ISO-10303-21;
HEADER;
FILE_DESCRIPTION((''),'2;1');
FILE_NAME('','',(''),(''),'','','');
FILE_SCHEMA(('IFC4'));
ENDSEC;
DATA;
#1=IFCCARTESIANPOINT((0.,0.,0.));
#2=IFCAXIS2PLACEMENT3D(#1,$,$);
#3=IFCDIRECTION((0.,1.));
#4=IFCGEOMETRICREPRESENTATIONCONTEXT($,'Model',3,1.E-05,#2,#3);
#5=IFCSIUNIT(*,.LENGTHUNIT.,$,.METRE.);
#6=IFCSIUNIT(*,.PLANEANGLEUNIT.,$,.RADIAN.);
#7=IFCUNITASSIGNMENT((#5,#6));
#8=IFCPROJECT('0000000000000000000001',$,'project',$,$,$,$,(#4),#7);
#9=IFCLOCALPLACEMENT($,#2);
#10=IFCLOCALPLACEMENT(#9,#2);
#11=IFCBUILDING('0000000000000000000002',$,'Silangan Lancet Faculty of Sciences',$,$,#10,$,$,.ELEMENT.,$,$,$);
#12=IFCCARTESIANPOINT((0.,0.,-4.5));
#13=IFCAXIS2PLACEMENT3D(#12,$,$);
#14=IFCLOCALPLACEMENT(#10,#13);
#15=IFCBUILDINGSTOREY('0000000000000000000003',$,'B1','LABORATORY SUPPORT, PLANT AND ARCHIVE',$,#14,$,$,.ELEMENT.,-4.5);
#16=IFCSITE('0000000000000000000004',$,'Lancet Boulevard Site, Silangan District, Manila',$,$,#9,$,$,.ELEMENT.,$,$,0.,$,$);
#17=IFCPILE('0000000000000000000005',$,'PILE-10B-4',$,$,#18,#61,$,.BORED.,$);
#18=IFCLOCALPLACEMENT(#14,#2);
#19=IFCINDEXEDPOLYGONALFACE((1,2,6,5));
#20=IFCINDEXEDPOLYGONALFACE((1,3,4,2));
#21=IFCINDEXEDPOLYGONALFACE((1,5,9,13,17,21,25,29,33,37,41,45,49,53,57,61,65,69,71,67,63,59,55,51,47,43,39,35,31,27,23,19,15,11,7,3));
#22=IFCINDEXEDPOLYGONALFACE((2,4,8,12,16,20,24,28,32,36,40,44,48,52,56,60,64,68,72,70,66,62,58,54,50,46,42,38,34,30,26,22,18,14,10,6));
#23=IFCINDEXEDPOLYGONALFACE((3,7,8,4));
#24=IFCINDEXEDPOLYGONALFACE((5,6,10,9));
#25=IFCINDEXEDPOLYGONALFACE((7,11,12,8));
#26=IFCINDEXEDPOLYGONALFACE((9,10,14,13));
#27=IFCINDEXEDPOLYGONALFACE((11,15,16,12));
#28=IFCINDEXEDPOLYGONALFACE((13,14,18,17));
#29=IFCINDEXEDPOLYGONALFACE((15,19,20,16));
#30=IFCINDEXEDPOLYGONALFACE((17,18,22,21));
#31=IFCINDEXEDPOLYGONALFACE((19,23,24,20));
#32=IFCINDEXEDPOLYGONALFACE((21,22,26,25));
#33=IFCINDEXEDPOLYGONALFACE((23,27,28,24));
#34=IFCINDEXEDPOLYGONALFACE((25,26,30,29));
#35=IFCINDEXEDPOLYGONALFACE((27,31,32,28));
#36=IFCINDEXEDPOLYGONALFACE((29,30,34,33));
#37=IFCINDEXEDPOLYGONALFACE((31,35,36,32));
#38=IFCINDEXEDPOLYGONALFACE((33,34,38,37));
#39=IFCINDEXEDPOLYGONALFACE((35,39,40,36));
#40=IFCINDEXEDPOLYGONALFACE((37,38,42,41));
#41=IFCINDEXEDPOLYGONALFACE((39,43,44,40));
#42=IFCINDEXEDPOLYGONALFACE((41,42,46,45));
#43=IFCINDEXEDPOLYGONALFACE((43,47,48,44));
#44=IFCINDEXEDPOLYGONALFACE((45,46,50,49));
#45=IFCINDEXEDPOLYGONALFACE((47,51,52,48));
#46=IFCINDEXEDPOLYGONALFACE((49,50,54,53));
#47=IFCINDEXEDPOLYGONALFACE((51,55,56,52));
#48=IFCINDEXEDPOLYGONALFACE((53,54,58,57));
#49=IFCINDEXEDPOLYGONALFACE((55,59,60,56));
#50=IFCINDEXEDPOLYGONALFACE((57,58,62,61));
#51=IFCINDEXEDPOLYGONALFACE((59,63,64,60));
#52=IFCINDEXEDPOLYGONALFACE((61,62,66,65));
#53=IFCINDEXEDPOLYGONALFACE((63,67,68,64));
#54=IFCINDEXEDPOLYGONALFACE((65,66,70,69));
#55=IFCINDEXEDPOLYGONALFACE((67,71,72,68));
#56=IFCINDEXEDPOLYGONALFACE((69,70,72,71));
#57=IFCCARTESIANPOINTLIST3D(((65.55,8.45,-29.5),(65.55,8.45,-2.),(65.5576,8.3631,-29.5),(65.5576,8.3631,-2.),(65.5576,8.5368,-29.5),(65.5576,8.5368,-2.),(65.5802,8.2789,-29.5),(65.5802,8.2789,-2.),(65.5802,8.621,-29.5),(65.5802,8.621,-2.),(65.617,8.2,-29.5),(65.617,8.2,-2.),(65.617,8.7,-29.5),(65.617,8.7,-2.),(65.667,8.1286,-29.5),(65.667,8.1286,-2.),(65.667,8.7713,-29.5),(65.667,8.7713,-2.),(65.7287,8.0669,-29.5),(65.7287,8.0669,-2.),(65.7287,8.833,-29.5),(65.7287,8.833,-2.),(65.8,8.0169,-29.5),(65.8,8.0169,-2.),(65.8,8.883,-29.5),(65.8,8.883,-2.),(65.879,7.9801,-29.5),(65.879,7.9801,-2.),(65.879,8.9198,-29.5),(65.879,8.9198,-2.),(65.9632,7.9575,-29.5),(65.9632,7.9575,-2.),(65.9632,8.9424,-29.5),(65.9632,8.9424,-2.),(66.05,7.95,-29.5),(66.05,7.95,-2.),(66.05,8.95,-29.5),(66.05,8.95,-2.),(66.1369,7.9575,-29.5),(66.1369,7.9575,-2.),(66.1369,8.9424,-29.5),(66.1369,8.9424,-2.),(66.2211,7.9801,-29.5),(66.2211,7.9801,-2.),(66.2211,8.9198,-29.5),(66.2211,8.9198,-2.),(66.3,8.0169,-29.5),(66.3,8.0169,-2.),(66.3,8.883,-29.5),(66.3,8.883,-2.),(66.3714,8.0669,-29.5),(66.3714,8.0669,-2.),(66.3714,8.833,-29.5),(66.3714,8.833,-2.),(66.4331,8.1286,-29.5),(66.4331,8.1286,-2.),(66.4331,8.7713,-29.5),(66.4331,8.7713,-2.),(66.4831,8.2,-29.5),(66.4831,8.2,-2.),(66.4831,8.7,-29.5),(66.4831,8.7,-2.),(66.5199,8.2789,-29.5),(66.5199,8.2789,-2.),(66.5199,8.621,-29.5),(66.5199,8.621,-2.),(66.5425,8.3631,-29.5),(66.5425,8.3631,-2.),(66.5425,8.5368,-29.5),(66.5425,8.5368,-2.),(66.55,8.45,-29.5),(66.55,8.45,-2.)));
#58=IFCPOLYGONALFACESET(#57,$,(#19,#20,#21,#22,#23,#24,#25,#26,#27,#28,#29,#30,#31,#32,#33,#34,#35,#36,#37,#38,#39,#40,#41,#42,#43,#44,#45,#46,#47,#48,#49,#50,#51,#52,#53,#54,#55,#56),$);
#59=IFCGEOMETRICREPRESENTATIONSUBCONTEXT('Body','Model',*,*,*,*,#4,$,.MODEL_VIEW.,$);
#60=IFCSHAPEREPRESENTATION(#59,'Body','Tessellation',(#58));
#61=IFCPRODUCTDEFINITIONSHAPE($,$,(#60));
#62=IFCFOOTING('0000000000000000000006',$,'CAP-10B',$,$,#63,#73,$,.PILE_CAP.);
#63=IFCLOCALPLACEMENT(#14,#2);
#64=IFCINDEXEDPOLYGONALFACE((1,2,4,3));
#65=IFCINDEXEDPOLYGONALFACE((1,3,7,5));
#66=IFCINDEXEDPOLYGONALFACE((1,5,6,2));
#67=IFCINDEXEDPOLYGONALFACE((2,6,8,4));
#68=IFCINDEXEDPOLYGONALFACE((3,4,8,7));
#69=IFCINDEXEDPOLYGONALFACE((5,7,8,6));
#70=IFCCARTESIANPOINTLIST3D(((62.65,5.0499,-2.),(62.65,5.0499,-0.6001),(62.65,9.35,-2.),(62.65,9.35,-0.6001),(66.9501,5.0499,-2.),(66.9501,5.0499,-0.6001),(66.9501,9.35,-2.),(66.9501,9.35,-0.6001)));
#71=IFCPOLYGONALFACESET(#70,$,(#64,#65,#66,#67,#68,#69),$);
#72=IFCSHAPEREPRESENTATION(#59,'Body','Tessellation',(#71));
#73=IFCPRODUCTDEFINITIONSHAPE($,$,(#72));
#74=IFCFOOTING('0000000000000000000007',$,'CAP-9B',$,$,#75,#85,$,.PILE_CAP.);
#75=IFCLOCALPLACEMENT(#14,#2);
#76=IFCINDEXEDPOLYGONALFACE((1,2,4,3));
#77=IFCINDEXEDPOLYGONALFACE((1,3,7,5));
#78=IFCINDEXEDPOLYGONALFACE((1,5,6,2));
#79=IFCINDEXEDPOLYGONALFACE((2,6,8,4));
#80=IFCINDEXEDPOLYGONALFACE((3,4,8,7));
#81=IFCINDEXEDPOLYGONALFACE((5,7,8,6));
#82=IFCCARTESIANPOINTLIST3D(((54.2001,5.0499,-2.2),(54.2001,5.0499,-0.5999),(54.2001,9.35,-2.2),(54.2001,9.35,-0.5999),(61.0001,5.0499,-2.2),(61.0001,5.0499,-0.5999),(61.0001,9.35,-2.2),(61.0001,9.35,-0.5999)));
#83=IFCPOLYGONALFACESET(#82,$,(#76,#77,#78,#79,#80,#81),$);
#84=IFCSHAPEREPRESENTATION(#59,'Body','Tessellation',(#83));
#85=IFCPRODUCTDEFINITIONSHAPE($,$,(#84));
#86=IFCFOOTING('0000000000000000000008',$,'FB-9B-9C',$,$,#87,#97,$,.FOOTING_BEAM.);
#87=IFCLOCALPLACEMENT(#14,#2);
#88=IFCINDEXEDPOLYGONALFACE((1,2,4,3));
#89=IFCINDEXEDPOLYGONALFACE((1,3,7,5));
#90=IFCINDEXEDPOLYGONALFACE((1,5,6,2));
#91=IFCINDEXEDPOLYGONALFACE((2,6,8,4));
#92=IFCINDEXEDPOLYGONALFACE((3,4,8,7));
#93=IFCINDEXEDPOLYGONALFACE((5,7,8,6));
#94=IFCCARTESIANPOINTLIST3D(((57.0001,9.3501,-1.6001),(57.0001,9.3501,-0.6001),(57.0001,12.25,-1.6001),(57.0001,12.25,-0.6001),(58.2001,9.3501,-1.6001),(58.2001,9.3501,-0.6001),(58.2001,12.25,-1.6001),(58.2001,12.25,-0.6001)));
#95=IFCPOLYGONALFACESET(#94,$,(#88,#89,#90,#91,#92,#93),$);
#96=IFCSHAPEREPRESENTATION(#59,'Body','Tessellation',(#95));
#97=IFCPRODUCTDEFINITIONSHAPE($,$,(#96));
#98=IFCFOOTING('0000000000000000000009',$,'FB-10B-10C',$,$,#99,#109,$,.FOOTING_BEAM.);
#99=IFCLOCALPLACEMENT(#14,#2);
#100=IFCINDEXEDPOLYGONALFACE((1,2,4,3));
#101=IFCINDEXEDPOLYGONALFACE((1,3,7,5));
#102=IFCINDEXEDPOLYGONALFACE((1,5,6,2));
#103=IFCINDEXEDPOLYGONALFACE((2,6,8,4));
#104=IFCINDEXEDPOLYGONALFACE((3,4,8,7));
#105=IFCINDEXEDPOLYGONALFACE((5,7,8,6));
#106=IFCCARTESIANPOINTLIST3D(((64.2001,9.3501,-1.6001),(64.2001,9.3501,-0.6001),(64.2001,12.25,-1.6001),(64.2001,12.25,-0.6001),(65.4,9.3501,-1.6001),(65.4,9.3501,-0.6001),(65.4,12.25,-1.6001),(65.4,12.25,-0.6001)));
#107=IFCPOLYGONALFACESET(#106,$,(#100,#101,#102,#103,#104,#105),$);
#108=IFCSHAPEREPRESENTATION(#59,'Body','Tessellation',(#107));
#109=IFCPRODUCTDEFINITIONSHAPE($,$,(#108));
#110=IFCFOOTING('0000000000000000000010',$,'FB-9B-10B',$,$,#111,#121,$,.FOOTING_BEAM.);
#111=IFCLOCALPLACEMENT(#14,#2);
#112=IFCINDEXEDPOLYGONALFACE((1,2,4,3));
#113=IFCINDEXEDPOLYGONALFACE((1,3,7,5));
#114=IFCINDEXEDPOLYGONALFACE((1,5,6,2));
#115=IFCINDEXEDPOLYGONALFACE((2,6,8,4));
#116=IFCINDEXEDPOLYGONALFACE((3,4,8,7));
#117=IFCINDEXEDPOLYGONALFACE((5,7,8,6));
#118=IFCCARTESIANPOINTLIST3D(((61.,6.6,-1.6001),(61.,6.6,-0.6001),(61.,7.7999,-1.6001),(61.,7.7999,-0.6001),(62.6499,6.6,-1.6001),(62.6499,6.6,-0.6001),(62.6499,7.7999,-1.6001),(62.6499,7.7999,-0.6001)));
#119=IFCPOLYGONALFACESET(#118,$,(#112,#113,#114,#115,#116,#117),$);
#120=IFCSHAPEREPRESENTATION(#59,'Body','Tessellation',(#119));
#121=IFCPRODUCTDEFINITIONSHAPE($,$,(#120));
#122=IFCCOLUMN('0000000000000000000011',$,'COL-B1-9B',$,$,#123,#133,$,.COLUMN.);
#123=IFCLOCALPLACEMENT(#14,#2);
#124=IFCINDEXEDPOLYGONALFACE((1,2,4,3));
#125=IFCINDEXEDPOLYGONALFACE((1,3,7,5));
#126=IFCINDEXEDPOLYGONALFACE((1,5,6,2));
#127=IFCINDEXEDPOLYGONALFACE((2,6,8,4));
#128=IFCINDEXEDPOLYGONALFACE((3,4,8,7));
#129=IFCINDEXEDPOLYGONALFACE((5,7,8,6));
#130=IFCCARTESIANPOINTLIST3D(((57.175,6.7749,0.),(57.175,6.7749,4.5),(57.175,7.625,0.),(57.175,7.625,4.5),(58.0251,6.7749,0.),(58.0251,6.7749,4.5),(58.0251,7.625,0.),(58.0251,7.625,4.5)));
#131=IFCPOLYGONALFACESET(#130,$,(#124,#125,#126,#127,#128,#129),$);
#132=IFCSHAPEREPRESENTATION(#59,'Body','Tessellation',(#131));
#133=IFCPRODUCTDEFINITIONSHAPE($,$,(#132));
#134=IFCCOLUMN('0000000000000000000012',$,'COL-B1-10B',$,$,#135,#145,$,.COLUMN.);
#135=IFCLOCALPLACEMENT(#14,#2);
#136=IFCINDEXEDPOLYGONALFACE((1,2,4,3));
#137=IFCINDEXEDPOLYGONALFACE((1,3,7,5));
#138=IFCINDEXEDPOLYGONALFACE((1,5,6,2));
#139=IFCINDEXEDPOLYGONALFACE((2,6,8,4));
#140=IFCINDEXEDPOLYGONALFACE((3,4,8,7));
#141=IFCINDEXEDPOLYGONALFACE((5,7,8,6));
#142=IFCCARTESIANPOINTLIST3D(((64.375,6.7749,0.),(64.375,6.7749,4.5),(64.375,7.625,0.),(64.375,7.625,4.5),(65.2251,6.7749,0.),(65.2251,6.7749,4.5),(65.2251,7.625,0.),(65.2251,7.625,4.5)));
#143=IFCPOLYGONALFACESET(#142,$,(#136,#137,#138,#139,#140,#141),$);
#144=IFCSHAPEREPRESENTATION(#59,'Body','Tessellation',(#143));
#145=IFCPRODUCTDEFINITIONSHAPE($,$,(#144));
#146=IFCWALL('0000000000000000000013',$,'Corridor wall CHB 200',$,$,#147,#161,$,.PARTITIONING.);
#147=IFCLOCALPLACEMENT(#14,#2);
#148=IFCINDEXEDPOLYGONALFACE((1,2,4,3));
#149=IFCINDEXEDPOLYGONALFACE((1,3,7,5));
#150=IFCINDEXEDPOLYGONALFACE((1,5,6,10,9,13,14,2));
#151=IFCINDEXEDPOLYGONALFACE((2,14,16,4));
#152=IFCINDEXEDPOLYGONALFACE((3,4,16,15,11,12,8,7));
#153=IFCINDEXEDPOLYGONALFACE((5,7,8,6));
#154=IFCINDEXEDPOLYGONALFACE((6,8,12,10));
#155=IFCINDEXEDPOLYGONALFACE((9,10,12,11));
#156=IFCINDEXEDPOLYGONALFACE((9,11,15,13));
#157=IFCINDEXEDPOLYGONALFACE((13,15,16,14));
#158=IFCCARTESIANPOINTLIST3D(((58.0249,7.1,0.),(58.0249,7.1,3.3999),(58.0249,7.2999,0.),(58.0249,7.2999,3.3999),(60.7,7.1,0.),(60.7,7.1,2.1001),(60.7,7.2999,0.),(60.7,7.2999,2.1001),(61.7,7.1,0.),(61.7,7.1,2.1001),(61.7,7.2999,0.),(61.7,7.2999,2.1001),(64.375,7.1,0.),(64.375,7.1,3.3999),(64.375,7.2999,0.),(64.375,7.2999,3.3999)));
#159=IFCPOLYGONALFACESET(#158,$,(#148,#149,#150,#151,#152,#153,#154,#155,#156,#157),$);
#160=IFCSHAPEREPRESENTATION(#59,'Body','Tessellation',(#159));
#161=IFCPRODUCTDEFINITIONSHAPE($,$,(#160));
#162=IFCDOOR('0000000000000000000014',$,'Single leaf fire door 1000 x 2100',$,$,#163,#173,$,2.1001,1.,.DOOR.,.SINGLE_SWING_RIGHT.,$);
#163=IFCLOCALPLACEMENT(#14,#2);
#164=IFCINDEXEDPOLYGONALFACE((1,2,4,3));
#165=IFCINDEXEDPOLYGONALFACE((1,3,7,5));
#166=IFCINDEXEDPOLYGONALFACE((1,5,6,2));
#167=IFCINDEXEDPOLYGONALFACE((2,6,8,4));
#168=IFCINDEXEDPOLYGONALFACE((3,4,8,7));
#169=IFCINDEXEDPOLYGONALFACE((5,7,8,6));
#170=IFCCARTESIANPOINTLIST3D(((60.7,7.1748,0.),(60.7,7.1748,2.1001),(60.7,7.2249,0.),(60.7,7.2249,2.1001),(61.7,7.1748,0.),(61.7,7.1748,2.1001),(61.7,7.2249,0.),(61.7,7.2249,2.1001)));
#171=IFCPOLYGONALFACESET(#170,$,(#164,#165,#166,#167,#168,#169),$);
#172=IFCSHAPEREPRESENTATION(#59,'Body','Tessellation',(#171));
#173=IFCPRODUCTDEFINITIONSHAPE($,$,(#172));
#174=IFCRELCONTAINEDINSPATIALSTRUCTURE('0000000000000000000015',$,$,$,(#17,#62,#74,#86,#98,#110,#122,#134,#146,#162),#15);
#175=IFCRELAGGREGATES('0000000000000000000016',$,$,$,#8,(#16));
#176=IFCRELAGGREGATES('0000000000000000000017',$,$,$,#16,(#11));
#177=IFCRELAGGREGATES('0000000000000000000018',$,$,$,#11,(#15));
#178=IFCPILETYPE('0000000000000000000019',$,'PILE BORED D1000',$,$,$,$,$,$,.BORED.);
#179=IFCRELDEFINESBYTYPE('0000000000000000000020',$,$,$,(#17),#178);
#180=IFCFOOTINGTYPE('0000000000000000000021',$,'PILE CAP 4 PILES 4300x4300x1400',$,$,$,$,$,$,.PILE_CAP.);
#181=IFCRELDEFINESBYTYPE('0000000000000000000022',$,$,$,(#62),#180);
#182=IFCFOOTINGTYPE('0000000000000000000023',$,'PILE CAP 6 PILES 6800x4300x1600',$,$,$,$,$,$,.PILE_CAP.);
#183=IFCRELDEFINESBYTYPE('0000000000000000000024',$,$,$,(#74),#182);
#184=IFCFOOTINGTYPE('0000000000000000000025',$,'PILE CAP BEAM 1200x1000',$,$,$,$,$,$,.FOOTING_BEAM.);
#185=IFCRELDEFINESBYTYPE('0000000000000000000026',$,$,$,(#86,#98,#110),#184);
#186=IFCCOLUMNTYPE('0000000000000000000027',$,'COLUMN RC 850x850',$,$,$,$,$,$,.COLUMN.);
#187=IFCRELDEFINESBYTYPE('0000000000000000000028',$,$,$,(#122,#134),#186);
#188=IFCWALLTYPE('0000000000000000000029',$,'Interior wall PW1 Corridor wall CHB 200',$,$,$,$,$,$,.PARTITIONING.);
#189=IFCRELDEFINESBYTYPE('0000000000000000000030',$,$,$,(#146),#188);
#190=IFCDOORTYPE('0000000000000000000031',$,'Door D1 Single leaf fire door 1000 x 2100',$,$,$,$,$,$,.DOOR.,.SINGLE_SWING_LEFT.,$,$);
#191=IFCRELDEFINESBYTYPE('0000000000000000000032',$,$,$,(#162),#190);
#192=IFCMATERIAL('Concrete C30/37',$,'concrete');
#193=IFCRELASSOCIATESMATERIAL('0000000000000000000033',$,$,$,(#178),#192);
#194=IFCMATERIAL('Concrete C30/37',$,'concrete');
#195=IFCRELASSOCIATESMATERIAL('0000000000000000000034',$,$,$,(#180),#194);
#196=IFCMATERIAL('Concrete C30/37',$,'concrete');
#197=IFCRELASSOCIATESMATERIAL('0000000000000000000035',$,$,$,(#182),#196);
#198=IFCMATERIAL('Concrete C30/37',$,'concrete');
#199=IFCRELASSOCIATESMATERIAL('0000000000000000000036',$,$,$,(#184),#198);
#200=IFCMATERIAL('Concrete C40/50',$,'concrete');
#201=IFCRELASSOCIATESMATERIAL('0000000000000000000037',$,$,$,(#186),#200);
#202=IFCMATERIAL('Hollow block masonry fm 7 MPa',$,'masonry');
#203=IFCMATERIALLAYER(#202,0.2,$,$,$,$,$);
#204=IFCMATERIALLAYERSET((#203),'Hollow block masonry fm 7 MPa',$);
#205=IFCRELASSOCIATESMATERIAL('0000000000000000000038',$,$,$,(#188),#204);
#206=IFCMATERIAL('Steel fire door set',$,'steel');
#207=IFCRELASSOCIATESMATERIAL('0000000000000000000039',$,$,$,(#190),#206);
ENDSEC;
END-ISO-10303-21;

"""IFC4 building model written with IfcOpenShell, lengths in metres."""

from ifc_helpers import new_model, si_unit, direction, frame, frame_2d, origin, origin_2d, place, context, subcontext, project, spatial, rectangle, circle, extrude, material, layer, layer_set, material_profile, profile_set, type_object, element, fill, save


model = new_model("IFC4")

# Units and contexts
model_context = context("Model", 3, precision=1e-05, world=origin(), true_north=direction((0.0, 1.0)))
body_context = subcontext(model_context, "Body", "Model", "MODEL_VIEW")
ifc_project = project(units=[si_unit("LENGTHUNIT", "METRE"), si_unit("PLANEANGLEUNIT", "RADIAN")], contexts=[model_context])

# Site, building, storey
site_placement = place(None, origin())
site = spatial("IfcSite", under=ifc_project, at=site_placement, Name="Lancet Boulevard Site, Silangan District, Manila", CompositionType="ELEMENT", RefElevation=0.0)
building_placement = place(site_placement, origin())
building = spatial("IfcBuilding", under=site, at=building_placement, Name="Silangan Lancet Faculty of Sciences", CompositionType="ELEMENT")
storey_placement = place(building_placement, frame((0.0, 0.0, -4.5)))
storey = spatial("IfcBuildingStorey", under=building, at=storey_placement, Name="B1", Description="LABORATORY SUPPORT, PLANT AND ARCHIVE", CompositionType="ELEMENT", Elevation=-4.5)

# Pile
ifc_material_1 = material(Name="Concrete C30/37", Category="concrete")
ifc_material_profile_1 = material_profile(ifc_material_1, circle(Radius=0.5, at=origin_2d()), Name="BORED PILE D1000")
ifc_profile_set_1 = profile_set([ifc_material_profile_1], Name="Concrete C30/37")
pile_type = type_object("IfcPileType", Name="PILE BORED D1000", PredefinedType="BORED", material=ifc_profile_set_1)
for number, where, z_axis, x_axis, name in (
    (1, (66.05, 8.45, -2.0), (0.0, 0.0, -1.0), (1.0, 0.0, 0.0), "PILE-10B-4"),
):
    element("IfcPile", number, at=place(storey_placement, frame(where, z_axis=z_axis, x_axis=x_axis)), inside=storey, type_object=pile_type, Name=name, PredefinedType="BORED", context=body_context, shape_type="SweptSolid", body=[
        extrude(circle(Radius=0.5, at=origin_2d()), origin(), (0.0, 0.0, 1.0), 27.5),
    ])

# Footings
ifc_material_2 = material(Name="Concrete C30/37", Category="concrete")
footing_type_1 = type_object("IfcFootingType", Name="PILE CAP 4 PILES 4300x4300x1400", PredefinedType="PILE_CAP", material=ifc_material_2)
footing_1_placement = place(storey_placement, frame((64.8, 7.2, -2.0), z_axis=(0.0, 0.0, 1.0), x_axis=(1.0, 0.0, 0.0)))
element("IfcFooting", 2, at=footing_1_placement, inside=storey, type_object=footing_type_1, Name="CAP-10B", PredefinedType="PILE_CAP", context=body_context, shape_type="SweptSolid", body=[
    extrude(rectangle(XDim=4.3, YDim=4.3, at=origin_2d()), origin(), (0.0, 0.0, 1.0), 1.3999),
])
ifc_material_3 = material(Name="Concrete C30/37", Category="concrete")
footing_type_2 = type_object("IfcFootingType", Name="PILE CAP 6 PILES 6800x4300x1600", PredefinedType="PILE_CAP", material=ifc_material_3)
footing_2_placement = place(storey_placement, frame((57.6001, 7.2, -2.2), z_axis=(0.0, 0.0, 1.0), x_axis=(1.0, 0.0, 0.0)))
element("IfcFooting", 3, at=footing_2_placement, inside=storey, type_object=footing_type_2, Name="CAP-9B", PredefinedType="PILE_CAP", context=body_context, shape_type="SweptSolid", body=[
    extrude(rectangle(XDim=6.8, YDim=4.3, at=origin_2d()), origin(), (0.0, 0.0, 1.0), 1.6001),
])
ifc_material_4 = material(Name="Concrete C30/37", Category="concrete")
footing_type_3 = type_object("IfcFootingType", Name="PILE CAP BEAM 1200x1000", PredefinedType="FOOTING_BEAM", material=ifc_material_4)
for number, where, z_axis, x_axis, name in (
    (4, (57.6001, 10.8, -1.6001), (0.0, 0.0, 1.0), (0.0, 1.0, 0.0), "FB-9B-9C"),
    (5, (64.8, 10.8, -1.6001), (0.0, 0.0, 1.0), (0.0, 1.0, 0.0), "FB-10B-10C"),
):
    element("IfcFooting", number, at=place(storey_placement, frame(where, z_axis=z_axis, x_axis=x_axis)), inside=storey, type_object=footing_type_3, Name=name, PredefinedType="FOOTING_BEAM", context=body_context, shape_type="SweptSolid", body=[
        extrude(rectangle(XDim=2.8999, YDim=1.2, at=origin_2d()), origin(), (0.0, 0.0, 1.0), 1.0),
    ])
footing_3_placement = place(storey_placement, frame((61.825, 7.2, -1.6001), z_axis=(0.0, 0.0, 1.0), x_axis=(1.0, 0.0, 0.0)))
element("IfcFooting", 6, at=footing_3_placement, inside=storey, type_object=footing_type_3, Name="FB-9B-10B", PredefinedType="FOOTING_BEAM", context=body_context, shape_type="SweptSolid", body=[
    extrude(rectangle(XDim=1.6499, YDim=1.2, at=origin_2d()), origin(), (0.0, 0.0, 1.0), 1.0),
])

# Columns
ifc_material_5 = material(Name="Concrete C40/50", Category="concrete")
ifc_material_profile_2 = material_profile(ifc_material_5, rectangle(XDim=0.8501, YDim=0.8501, at=origin_2d()), Name="RC 850x850")
ifc_profile_set_2 = profile_set([ifc_material_profile_2], Name="Concrete C40/50")
column_type = type_object("IfcColumnType", Name="COLUMN RC 850x850", PredefinedType="COLUMN", material=ifc_profile_set_2)
for number, where, z_axis, x_axis, name in (
    (7, (57.6001, 7.2, 0.0), (0.0, 0.0, 1.0), (1.0, 0.0, 0.0), "COL-B1-9B"),
    (8, (64.8, 7.2, 0.0), (0.0, 0.0, 1.0), (1.0, 0.0, 0.0), "COL-B1-10B"),
):
    element("IfcColumn", number, at=place(storey_placement, frame(where, z_axis=z_axis, x_axis=x_axis)), inside=storey, type_object=column_type, Name=name, PredefinedType="COLUMN", context=body_context, shape_type="SweptSolid", body=[
        extrude(rectangle(XDim=0.8501, YDim=0.8501, at=origin_2d()), origin(), (0.0, 0.0, 1.0), 4.5),
    ])

# Wall, opening, door
ifc_material_6 = material(Name="Hollow block masonry fm 7 MPa", Category="masonry")
ifc_layer_1 = layer(ifc_material_6, 0.2)
ifc_layer_set_1 = layer_set([ifc_layer_1], Name="Hollow block masonry fm 7 MPa")
wall_type_1 = type_object("IfcWallType", Name="Interior wall PW1 Corridor wall CHB 200", PredefinedType="PARTITIONING", material=ifc_layer_set_1)
wall_1_placement = place(storey_placement, frame((58.0249, 7.2, 0.0), z_axis=(0.0, 0.0, 1.0), x_axis=(1.0, 0.0, 0.0)))
wall_1 = element("IfcWall", 9, at=wall_1_placement, inside=storey, type_object=wall_type_1, Name="Corridor wall CHB 200", PredefinedType="PARTITIONING", context=body_context, shape_type="SweptSolid", body=[
    extrude(rectangle(XDim=6.3501, YDim=0.2, at=frame_2d((3.175, 0.0))), origin(), (0.0, 0.0, 1.0), 3.3999),
])
opening_1_placement = place(wall_1_placement, frame((2.675, 0.0, 0.0)))
opening_1 = element("IfcOpeningElement", 10, at=opening_1_placement, cuts=wall_1, PredefinedType="OPENING", context=body_context, shape_type="SweptSolid", body=[
    extrude(rectangle(XDim=1.0, YDim=2.1001, at=frame_2d((0.5, 1.05))), frame((0.0, 0.1099, 0.0), z_axis=(0.0, -1.0, 0.0), x_axis=(1.0, 0.0, 0.0)), (0.0, 0.0, 1.0), 0.22),
])
ifc_material_7 = material(Name="Steel fire door set", Category="steel")
door_type_1 = type_object("IfcDoorType", Name="Door D1 Single leaf fire door 1000 x 2100", OperationType="SINGLE_SWING_LEFT", PredefinedType="DOOR", material=ifc_material_7)
door_1_placement = place(opening_1_placement, frame((1.0, 0.0, 0.0), z_axis=(0.0, 0.0, 1.0), x_axis=(-1.0, 0.0, 0.0)))
door_1 = element("IfcDoor", 11, at=door_1_placement, inside=storey, type_object=door_type_1, Name="Single leaf fire door 1000 x 2100", OperationType="SINGLE_SWING_RIGHT", OverallHeight=2.1001, OverallWidth=1.0, PredefinedType="DOOR", context=body_context, shape_type="SweptSolid", body=[
    extrude(rectangle(XDim=1.0, YDim=2.1001, at=frame_2d((0.5, 1.05))), frame((0.0, 0.0251, 0.0), z_axis=(0.0, -1.0, 0.0), x_axis=(1.0, 0.0, 0.0)), (0.0, 0.0, 1.0), 0.05),
])
fill(opening_1, door_1)

save(model, "model.ifc")
